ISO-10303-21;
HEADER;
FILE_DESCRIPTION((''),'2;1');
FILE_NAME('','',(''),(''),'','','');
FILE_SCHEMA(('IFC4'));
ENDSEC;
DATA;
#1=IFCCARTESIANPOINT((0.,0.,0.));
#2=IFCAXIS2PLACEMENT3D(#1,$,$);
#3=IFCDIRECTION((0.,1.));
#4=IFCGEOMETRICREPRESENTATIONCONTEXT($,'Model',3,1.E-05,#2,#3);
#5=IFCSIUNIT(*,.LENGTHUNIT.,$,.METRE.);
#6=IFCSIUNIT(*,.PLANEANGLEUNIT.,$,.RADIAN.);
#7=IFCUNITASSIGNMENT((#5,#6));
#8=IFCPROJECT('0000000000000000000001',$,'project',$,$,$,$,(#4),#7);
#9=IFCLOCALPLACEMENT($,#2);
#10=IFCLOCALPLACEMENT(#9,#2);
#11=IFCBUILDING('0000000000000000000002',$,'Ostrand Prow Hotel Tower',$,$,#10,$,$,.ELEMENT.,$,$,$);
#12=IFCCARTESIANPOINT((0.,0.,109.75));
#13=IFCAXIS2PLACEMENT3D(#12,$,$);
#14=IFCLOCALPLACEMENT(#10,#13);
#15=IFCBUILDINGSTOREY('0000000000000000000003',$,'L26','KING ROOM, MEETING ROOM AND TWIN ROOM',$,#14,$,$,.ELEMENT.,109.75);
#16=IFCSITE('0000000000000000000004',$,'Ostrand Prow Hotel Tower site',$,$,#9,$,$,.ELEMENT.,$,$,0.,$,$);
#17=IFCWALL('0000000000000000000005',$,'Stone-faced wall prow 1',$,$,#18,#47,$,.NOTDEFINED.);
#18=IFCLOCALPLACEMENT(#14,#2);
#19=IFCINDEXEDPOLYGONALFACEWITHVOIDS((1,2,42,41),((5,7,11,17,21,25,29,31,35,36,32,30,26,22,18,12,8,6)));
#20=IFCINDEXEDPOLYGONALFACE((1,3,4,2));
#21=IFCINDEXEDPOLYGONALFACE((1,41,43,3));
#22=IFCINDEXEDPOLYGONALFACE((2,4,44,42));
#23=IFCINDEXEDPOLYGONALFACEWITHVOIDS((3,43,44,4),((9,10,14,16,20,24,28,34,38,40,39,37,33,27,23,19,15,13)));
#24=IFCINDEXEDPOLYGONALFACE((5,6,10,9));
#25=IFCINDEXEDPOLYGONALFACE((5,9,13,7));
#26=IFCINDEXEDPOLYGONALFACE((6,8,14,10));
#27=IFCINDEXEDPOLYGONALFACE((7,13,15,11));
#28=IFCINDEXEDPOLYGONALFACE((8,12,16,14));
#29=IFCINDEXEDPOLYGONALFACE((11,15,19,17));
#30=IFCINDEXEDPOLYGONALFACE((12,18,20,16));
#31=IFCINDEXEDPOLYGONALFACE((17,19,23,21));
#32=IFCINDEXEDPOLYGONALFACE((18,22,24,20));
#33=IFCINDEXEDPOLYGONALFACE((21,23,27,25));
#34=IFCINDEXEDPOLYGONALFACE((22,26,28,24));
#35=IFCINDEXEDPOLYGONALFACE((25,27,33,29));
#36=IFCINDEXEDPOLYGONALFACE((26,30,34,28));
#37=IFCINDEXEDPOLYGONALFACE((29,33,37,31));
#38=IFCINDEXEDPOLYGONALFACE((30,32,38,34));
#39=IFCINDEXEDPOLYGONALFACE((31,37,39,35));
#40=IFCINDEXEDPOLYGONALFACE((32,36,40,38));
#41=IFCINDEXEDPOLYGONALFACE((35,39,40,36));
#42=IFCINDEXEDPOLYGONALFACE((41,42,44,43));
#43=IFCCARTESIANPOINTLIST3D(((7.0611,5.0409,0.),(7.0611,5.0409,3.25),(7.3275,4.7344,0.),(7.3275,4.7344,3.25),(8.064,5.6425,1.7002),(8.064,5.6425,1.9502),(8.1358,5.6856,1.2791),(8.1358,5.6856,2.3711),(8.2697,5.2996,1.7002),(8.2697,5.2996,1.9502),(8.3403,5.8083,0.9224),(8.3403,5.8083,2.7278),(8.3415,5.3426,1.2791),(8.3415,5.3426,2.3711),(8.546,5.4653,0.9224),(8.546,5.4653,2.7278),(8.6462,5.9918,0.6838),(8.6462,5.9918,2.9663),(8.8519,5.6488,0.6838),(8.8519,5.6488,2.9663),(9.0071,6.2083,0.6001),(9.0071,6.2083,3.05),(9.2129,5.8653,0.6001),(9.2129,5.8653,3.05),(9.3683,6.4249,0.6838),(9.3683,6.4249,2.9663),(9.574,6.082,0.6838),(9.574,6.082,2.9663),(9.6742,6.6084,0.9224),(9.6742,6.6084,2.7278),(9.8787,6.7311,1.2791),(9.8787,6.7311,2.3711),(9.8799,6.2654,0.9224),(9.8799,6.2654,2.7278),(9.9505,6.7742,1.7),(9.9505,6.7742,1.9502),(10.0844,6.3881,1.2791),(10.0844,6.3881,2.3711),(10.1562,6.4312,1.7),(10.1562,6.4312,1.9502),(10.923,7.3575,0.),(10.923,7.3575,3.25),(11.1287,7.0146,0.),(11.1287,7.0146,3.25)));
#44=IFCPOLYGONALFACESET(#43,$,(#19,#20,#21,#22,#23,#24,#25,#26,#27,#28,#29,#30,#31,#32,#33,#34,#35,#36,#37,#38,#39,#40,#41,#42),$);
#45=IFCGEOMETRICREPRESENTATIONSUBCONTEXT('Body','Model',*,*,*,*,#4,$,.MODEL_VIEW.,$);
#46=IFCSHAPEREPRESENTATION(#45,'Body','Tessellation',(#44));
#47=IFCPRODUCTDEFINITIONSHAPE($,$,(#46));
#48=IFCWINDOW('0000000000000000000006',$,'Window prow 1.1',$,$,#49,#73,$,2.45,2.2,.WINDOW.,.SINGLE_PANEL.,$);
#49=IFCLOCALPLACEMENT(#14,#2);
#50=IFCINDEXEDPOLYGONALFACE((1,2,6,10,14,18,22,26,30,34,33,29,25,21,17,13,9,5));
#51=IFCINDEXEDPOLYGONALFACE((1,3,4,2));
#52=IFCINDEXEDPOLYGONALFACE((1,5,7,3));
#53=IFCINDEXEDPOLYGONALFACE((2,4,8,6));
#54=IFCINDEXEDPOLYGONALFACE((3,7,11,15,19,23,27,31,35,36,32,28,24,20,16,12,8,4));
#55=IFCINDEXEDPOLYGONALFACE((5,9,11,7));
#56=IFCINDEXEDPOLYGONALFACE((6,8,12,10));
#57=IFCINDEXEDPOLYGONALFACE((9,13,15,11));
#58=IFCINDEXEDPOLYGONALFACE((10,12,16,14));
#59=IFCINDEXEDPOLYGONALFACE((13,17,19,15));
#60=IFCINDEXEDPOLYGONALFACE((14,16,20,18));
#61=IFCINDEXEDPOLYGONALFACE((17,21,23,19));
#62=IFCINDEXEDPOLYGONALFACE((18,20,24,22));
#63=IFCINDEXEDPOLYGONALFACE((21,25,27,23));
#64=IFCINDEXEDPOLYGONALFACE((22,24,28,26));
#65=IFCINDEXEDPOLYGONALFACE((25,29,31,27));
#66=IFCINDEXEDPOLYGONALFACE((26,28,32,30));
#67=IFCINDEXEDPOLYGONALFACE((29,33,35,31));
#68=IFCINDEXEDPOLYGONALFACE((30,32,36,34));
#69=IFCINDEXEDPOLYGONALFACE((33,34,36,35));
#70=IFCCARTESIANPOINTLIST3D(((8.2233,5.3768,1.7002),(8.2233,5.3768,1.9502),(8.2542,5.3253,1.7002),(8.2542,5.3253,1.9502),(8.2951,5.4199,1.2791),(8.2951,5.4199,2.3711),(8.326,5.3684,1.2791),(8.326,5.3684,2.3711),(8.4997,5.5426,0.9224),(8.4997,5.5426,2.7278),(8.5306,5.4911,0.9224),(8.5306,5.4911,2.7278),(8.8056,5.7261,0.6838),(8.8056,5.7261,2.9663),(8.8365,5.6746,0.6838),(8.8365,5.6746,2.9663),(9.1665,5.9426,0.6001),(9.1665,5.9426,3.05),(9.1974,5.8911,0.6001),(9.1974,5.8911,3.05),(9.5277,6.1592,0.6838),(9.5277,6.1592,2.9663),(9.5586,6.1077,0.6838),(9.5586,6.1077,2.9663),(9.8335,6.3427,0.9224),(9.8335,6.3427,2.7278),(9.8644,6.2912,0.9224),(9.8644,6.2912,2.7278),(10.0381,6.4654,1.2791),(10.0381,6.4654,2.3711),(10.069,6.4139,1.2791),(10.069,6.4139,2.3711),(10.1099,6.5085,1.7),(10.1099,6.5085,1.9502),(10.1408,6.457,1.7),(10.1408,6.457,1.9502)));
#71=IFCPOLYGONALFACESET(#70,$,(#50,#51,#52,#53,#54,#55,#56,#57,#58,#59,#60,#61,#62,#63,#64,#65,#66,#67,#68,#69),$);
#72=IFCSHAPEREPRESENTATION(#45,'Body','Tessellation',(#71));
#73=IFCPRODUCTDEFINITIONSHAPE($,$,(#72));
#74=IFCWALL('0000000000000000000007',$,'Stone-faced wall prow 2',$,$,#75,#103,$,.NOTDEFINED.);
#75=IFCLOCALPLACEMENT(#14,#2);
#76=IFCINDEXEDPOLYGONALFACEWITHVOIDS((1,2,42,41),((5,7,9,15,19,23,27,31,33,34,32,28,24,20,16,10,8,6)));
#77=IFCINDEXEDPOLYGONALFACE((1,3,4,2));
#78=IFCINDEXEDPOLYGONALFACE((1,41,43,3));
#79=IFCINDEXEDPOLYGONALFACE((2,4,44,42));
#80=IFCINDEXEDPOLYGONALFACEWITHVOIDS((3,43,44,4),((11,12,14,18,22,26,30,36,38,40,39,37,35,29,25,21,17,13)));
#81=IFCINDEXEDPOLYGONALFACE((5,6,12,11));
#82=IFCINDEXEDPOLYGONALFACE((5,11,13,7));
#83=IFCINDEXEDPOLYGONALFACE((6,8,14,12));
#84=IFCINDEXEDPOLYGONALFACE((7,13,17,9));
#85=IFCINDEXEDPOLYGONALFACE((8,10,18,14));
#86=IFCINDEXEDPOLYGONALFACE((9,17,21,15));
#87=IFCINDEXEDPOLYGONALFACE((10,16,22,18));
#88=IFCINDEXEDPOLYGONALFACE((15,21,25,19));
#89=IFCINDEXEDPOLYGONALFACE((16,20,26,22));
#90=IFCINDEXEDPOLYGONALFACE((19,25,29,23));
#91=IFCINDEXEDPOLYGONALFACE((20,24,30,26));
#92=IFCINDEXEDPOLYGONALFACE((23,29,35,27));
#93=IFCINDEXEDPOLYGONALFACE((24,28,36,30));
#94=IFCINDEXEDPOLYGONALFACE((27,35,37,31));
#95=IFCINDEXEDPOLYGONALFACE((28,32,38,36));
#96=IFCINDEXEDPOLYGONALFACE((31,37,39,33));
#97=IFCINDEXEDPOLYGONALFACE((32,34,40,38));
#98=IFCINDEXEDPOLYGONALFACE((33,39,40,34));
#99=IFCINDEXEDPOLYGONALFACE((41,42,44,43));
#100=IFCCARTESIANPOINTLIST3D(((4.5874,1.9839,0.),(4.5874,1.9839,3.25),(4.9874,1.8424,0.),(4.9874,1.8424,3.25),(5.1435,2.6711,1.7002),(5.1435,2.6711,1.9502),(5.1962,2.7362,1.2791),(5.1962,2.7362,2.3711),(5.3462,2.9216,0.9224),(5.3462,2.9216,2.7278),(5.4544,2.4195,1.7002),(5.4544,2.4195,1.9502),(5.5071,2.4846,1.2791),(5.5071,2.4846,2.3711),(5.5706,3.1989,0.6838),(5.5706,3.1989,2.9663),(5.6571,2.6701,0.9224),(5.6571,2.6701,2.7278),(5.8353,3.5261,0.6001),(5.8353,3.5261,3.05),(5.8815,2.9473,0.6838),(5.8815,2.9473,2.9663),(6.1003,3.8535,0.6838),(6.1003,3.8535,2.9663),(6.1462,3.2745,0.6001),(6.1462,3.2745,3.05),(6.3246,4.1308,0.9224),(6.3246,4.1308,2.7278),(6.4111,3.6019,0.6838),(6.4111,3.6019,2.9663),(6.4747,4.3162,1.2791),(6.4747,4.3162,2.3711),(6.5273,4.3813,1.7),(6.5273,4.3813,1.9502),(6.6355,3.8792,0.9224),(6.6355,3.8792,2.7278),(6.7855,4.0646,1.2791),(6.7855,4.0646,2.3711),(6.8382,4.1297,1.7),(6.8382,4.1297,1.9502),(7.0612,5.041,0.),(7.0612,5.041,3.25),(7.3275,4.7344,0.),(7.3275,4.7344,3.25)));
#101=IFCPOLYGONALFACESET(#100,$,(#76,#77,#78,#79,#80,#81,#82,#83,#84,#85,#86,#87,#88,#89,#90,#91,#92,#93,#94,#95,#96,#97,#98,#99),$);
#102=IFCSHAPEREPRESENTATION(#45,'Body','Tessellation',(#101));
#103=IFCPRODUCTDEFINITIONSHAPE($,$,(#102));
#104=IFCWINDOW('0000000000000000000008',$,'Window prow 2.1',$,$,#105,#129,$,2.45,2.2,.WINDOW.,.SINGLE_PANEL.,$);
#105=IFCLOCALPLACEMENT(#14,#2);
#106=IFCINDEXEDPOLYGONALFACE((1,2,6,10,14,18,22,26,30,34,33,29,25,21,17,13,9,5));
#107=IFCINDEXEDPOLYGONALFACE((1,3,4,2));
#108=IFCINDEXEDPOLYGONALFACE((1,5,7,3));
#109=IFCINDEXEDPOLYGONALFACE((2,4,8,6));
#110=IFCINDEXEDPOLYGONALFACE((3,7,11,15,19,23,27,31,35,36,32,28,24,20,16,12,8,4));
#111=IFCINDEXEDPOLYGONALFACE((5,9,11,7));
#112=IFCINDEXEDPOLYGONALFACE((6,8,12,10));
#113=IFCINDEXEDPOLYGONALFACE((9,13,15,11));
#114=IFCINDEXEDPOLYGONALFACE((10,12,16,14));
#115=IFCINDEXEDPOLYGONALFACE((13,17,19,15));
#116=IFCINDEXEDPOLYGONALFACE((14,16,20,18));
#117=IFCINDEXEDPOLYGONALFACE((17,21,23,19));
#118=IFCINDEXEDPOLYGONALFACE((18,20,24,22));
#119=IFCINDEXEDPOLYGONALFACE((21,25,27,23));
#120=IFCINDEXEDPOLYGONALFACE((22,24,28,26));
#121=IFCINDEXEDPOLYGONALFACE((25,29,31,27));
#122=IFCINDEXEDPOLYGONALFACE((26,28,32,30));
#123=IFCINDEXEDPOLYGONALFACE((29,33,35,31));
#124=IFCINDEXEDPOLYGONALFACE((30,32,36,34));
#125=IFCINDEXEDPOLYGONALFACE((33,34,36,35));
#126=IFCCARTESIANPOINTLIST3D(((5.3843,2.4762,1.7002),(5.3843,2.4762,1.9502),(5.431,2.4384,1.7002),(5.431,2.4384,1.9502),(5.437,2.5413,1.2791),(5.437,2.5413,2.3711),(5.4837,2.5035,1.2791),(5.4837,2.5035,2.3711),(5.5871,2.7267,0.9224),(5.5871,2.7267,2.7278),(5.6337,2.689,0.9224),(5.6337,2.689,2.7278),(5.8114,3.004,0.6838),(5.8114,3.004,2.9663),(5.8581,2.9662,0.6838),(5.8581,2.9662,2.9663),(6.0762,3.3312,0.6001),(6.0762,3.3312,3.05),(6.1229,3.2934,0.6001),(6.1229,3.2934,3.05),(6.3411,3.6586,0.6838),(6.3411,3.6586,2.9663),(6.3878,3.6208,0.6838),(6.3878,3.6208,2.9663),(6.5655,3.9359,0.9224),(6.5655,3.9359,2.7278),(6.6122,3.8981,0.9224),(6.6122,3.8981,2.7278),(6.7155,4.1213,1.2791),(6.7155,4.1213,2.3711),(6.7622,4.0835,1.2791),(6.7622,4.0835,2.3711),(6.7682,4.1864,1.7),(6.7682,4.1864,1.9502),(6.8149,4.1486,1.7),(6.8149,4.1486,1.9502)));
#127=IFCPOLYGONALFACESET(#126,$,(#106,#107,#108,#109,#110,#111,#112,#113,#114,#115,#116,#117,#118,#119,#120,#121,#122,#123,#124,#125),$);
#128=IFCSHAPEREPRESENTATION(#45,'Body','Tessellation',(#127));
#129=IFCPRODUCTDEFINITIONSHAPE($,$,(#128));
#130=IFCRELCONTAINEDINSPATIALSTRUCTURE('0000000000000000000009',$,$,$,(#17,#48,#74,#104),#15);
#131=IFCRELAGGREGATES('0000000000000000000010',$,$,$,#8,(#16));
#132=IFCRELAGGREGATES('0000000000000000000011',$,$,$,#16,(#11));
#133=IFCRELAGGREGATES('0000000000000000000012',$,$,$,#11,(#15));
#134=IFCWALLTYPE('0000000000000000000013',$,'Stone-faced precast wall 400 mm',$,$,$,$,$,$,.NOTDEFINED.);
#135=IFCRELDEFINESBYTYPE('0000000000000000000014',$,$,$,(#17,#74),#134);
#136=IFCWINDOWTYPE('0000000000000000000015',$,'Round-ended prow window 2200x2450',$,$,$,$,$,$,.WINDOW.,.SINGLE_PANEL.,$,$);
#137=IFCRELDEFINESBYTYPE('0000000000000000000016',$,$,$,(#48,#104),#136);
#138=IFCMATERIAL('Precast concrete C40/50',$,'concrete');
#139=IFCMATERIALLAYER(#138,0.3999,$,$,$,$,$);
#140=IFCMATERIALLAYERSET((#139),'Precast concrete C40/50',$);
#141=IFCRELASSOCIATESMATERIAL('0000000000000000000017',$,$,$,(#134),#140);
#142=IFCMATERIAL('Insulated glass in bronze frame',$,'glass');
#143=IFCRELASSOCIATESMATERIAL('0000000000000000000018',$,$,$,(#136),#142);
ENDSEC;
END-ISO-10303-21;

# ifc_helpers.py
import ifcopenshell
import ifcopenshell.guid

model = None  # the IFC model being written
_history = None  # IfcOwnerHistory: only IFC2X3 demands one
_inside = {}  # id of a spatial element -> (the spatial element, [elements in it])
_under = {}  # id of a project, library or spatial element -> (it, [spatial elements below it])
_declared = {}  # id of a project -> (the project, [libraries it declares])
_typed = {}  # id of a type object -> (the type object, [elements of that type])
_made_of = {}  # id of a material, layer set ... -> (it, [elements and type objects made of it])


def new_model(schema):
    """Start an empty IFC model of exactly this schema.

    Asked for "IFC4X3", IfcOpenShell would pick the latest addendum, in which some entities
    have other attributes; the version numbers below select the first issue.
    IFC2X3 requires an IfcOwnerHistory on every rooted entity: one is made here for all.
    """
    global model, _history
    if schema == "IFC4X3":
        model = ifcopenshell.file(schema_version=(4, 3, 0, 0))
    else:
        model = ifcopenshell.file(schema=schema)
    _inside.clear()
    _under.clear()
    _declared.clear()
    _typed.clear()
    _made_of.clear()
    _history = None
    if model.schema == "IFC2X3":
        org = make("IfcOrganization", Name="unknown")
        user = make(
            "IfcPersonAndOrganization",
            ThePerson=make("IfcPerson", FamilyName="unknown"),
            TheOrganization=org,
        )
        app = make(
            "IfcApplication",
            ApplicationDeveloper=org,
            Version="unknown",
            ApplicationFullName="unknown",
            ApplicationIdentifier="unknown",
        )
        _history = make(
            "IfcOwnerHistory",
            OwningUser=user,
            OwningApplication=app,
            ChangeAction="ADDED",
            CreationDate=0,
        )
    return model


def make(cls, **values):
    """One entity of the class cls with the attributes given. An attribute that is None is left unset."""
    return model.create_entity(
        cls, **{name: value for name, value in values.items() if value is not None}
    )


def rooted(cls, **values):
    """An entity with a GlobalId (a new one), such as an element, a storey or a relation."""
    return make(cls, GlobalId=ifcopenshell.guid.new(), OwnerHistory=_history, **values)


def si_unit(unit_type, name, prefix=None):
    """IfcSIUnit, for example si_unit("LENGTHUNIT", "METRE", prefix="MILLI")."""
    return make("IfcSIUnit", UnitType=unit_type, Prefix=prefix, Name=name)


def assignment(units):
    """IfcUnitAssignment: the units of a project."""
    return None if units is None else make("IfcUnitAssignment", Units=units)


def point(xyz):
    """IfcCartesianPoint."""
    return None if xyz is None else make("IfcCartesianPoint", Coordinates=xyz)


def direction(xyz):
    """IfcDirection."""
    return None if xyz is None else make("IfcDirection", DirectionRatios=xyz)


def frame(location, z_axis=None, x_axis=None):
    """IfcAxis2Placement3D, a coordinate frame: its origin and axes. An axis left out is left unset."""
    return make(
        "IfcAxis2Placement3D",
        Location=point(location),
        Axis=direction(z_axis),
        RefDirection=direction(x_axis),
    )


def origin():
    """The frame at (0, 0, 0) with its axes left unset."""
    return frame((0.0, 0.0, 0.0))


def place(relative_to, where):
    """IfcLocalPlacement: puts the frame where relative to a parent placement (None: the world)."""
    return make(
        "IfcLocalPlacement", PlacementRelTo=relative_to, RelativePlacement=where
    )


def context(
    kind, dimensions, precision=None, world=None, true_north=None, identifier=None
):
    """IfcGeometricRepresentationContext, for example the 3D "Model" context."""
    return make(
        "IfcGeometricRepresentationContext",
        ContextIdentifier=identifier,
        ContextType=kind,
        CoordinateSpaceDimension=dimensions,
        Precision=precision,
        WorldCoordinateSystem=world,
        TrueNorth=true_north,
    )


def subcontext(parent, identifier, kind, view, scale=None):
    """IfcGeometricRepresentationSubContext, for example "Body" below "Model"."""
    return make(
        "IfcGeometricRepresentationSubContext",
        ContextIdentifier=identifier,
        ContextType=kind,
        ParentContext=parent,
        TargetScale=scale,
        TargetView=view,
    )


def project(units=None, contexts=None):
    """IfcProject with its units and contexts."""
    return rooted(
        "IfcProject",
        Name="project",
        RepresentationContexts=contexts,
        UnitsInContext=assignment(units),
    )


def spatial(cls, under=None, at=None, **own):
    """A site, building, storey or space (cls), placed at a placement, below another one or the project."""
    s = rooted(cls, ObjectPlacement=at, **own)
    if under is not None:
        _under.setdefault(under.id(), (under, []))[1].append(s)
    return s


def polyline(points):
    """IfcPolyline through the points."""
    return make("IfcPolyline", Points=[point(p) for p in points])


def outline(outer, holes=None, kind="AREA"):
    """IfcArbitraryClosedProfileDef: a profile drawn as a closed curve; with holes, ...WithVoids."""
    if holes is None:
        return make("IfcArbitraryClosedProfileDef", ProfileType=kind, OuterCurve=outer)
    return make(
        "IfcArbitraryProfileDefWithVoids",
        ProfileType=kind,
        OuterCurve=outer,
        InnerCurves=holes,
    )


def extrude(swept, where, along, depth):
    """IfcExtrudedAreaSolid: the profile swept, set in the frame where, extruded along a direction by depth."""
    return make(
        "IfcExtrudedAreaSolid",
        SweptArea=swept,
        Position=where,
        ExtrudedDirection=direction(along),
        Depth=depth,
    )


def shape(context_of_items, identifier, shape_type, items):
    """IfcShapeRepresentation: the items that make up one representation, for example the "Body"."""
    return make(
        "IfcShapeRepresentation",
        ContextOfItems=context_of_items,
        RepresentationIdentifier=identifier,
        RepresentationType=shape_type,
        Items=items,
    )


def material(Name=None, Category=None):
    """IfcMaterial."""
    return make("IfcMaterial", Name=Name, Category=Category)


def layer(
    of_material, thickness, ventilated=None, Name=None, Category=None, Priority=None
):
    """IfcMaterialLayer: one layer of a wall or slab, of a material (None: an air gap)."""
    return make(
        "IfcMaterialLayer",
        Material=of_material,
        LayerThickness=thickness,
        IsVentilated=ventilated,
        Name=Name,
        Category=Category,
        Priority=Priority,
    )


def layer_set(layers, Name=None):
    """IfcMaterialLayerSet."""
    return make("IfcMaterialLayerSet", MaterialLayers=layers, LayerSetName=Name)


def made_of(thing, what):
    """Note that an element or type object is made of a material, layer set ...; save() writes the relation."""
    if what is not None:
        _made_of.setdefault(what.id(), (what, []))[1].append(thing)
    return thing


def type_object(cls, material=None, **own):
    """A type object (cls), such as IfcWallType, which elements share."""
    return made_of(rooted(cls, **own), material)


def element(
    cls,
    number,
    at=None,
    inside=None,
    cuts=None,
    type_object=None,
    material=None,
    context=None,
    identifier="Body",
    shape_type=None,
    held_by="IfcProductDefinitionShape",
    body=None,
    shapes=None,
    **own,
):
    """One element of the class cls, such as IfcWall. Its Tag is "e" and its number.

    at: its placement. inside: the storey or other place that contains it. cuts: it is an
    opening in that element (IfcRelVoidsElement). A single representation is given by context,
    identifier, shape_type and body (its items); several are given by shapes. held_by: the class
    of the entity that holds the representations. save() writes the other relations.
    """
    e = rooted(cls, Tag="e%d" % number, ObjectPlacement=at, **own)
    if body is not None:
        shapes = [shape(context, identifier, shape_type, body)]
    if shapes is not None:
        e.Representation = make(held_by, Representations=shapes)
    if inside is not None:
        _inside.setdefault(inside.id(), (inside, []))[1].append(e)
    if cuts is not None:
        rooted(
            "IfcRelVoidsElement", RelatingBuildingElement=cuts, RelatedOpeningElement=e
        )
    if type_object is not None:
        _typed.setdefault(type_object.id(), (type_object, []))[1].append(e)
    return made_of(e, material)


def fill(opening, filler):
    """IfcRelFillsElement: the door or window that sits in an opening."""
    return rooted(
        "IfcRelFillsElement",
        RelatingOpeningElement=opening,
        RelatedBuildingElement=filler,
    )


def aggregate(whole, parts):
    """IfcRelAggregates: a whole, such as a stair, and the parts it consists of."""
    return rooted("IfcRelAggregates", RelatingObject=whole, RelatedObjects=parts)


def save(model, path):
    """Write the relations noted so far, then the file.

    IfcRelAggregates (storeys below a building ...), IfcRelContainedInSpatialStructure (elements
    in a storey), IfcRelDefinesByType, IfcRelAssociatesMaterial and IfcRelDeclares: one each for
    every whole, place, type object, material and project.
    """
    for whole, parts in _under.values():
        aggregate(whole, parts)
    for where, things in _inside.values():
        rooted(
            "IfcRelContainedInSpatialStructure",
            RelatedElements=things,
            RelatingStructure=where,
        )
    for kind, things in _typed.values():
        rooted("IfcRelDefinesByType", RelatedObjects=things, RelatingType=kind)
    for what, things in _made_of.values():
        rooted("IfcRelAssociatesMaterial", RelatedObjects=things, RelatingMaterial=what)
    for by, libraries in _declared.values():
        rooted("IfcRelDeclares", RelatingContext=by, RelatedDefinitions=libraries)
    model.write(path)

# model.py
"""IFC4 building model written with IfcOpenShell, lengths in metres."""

from ifc_helpers import new_model, si_unit, direction, frame, origin, place, context, subcontext, project, spatial, polyline, outline, extrude, material, layer, layer_set, type_object, element, fill, save


model = new_model("IFC4")

# Units and contexts
model_context = context("Model", 3, precision=1e-05, world=origin(), true_north=direction((0.0, 1.0)))
body_context = subcontext(model_context, "Body", "Model", "MODEL_VIEW")
ifc_project = project(units=[si_unit("LENGTHUNIT", "METRE"), si_unit("PLANEANGLEUNIT", "RADIAN")], contexts=[model_context])

# Site, building, storey
site_placement = place(None, origin())
site = spatial("IfcSite", under=ifc_project, at=site_placement, Name="Ostrand Prow Hotel Tower site", CompositionType="ELEMENT", RefElevation=0.0)
building_placement = place(site_placement, origin())
building = spatial("IfcBuilding", under=site, at=building_placement, Name="Ostrand Prow Hotel Tower", CompositionType="ELEMENT")
storey_placement = place(building_placement, frame((0.0, 0.0, 109.75)))
storey = spatial("IfcBuildingStorey", under=building, at=storey_placement, Name="L26", Description="KING ROOM, MEETING ROOM AND TWIN ROOM", CompositionType="ELEMENT", Elevation=109.75)

# Walls, openings, windows
ifc_material_1 = material(Name="Precast concrete C40/50", Category="concrete")
ifc_layer_1 = layer(ifc_material_1, 0.3999)
ifc_layer_set_1 = layer_set([ifc_layer_1], Name="Precast concrete C40/50")
wall_type_1 = type_object("IfcWallType", Name="Stone-faced precast wall 400 mm", PredefinedType="NOTDEFINED", material=ifc_layer_set_1)
wall_1_placement = place(storey_placement, frame((11.0259, 7.186, 0.0), z_axis=(0.0, 0.0, 1.0), x_axis=(-0.857551, -0.514399, 0.0)))
wall_1 = element("IfcWall", 1, at=wall_1_placement, inside=storey, type_object=wall_type_1, Name="Stone-faced wall prow 1", PredefinedType="NOTDEFINED", context=body_context, shape_type="SweptSolid", body=[
    extrude(outline(polyline([(0.0, -0.2), (4.5034, -0.2), (4.4326, 0.2), (0.0, 0.2), (0.0, -0.2)])), origin(), (0.0, 0.0, 1.0), 3.25),
])
opening_1_placement = place(wall_1_placement, frame((1.134, 0.0, 0.6001)))
opening_1 = element("IfcOpeningElement", 2, at=opening_1_placement, cuts=wall_1, PredefinedType="OPENING", context=body_context, shape_type="SweptSolid", body=[
    extrude(outline(polyline([(0.0, 1.3501), (0.0837, 1.771), (0.3223, 2.1277), (0.679, 2.3662), (1.1001, 2.45), (1.521, 2.3662), (1.8777, 2.1277), (2.1162, 1.771), (2.2, 1.3501), (2.2, 1.1001), (2.1162, 0.679), (1.8777, 0.3223), (1.521, 0.0837), (1.1001, 0.0), (0.679, 0.0837), (0.3223, 0.3223), (0.0837, 0.679), (0.0, 1.0999), (0.0, 1.3501)])), frame((0.0, 0.21, 0.0), z_axis=(0.0, -1.0, 0.0), x_axis=(1.0, 0.0, 0.0)), (0.0, 0.0, 1.0), 0.4199),
])
ifc_material_2 = material(Name="Insulated glass in bronze frame", Category="glass")
window_type = type_object("IfcWindowType", Name="Round-ended prow window 2200x2450", PartitioningType="SINGLE_PANEL", PredefinedType="WINDOW", material=ifc_material_2)
window_1_placement = place(opening_1_placement, origin())
window_1 = element("IfcWindow", 3, at=window_1_placement, inside=storey, type_object=window_type, Name="Window prow 1.1", OverallHeight=2.45, OverallWidth=2.2, PartitioningType="SINGLE_PANEL", PredefinedType="WINDOW", context=body_context, shape_type="SweptSolid", body=[
    extrude(outline(polyline([(0.0, 1.3501), (0.0837, 1.771), (0.3223, 2.1277), (0.679, 2.3662), (1.1001, 2.45), (1.521, 2.3662), (1.8777, 2.1277), (2.1162, 1.771), (2.2, 1.3501), (2.2, 1.1001), (2.1162, 0.679), (1.8777, 0.3223), (1.521, 0.0837), (1.1001, 0.0), (0.679, 0.0837), (0.3223, 0.3223), (0.0837, 0.679), (0.0, 1.0999), (0.0, 1.3501)])), frame((0.0, 0.1699, 0.0), z_axis=(0.0, -1.0, 0.0), x_axis=(1.0, 0.0, 0.0)), (0.0, 0.0, 1.0), 0.0601),
])
fill(opening_1, window_1)
wall_2_placement = place(storey_placement, frame((7.1943, 4.8877, 0.0), z_axis=(0.0, 0.0, 1.0), x_axis=(-0.629035, -0.777377, 0.0)))
wall_2 = element("IfcWall", 4, at=wall_2_placement, inside=storey, type_object=wall_type_1, Name="Stone-faced wall prow 2", PredefinedType="NOTDEFINED", context=body_context, shape_type="SweptSolid", body=[
    extrude(outline(polyline([(-0.0354, -0.2), (3.8972, -0.2), (3.7556, 0.2), (0.0354, 0.2), (-0.0354, -0.2)])), origin(), (0.0, 0.0, 1.0), 3.25),
])
opening_2_placement = place(wall_2_placement, frame((0.8132, 0.0, 0.6001)))
opening_2 = element("IfcOpeningElement", 5, at=opening_2_placement, cuts=wall_2, PredefinedType="OPENING", context=body_context, shape_type="SweptSolid", body=[
    extrude(outline(polyline([(0.0, 1.3501), (0.0837, 1.771), (0.3223, 2.1277), (0.679, 2.3662), (1.1001, 2.45), (1.521, 2.3662), (1.8777, 2.1277), (2.1162, 1.771), (2.2, 1.3501), (2.2, 1.1001), (2.1162, 0.679), (1.8777, 0.3223), (1.521, 0.0837), (1.1001, 0.0), (0.679, 0.0837), (0.3223, 0.3223), (0.0837, 0.679), (0.0, 1.0999), (0.0, 1.3501)])), frame((0.0, 0.21, 0.0), z_axis=(0.0, -1.0, 0.0), x_axis=(1.0, 0.0, 0.0)), (0.0, 0.0, 1.0), 0.4199),
])
window_2_placement = place(opening_2_placement, origin())
window_2 = element("IfcWindow", 6, at=window_2_placement, inside=storey, type_object=window_type, Name="Window prow 2.1", OverallHeight=2.45, OverallWidth=2.2, PartitioningType="SINGLE_PANEL", PredefinedType="WINDOW", context=body_context, shape_type="SweptSolid", body=[
    extrude(outline(polyline([(0.0, 1.3501), (0.0837, 1.771), (0.3223, 2.1277), (0.679, 2.3662), (1.1001, 2.45), (1.521, 2.3662), (1.8777, 2.1277), (2.1162, 1.771), (2.2, 1.3501), (2.2, 1.1001), (2.1162, 0.679), (1.8777, 0.3223), (1.521, 0.0837), (1.1001, 0.0), (0.679, 0.0837), (0.3223, 0.3223), (0.0837, 0.679), (0.0, 1.0999), (0.0, 1.3501)])), frame((0.0, 0.1699, 0.0), z_axis=(0.0, -1.0, 0.0), x_axis=(1.0, 0.0, 0.0)), (0.0, 0.0, 1.0), 0.0601),
])
fill(opening_2, window_2)

save(model, "model.ifc")
